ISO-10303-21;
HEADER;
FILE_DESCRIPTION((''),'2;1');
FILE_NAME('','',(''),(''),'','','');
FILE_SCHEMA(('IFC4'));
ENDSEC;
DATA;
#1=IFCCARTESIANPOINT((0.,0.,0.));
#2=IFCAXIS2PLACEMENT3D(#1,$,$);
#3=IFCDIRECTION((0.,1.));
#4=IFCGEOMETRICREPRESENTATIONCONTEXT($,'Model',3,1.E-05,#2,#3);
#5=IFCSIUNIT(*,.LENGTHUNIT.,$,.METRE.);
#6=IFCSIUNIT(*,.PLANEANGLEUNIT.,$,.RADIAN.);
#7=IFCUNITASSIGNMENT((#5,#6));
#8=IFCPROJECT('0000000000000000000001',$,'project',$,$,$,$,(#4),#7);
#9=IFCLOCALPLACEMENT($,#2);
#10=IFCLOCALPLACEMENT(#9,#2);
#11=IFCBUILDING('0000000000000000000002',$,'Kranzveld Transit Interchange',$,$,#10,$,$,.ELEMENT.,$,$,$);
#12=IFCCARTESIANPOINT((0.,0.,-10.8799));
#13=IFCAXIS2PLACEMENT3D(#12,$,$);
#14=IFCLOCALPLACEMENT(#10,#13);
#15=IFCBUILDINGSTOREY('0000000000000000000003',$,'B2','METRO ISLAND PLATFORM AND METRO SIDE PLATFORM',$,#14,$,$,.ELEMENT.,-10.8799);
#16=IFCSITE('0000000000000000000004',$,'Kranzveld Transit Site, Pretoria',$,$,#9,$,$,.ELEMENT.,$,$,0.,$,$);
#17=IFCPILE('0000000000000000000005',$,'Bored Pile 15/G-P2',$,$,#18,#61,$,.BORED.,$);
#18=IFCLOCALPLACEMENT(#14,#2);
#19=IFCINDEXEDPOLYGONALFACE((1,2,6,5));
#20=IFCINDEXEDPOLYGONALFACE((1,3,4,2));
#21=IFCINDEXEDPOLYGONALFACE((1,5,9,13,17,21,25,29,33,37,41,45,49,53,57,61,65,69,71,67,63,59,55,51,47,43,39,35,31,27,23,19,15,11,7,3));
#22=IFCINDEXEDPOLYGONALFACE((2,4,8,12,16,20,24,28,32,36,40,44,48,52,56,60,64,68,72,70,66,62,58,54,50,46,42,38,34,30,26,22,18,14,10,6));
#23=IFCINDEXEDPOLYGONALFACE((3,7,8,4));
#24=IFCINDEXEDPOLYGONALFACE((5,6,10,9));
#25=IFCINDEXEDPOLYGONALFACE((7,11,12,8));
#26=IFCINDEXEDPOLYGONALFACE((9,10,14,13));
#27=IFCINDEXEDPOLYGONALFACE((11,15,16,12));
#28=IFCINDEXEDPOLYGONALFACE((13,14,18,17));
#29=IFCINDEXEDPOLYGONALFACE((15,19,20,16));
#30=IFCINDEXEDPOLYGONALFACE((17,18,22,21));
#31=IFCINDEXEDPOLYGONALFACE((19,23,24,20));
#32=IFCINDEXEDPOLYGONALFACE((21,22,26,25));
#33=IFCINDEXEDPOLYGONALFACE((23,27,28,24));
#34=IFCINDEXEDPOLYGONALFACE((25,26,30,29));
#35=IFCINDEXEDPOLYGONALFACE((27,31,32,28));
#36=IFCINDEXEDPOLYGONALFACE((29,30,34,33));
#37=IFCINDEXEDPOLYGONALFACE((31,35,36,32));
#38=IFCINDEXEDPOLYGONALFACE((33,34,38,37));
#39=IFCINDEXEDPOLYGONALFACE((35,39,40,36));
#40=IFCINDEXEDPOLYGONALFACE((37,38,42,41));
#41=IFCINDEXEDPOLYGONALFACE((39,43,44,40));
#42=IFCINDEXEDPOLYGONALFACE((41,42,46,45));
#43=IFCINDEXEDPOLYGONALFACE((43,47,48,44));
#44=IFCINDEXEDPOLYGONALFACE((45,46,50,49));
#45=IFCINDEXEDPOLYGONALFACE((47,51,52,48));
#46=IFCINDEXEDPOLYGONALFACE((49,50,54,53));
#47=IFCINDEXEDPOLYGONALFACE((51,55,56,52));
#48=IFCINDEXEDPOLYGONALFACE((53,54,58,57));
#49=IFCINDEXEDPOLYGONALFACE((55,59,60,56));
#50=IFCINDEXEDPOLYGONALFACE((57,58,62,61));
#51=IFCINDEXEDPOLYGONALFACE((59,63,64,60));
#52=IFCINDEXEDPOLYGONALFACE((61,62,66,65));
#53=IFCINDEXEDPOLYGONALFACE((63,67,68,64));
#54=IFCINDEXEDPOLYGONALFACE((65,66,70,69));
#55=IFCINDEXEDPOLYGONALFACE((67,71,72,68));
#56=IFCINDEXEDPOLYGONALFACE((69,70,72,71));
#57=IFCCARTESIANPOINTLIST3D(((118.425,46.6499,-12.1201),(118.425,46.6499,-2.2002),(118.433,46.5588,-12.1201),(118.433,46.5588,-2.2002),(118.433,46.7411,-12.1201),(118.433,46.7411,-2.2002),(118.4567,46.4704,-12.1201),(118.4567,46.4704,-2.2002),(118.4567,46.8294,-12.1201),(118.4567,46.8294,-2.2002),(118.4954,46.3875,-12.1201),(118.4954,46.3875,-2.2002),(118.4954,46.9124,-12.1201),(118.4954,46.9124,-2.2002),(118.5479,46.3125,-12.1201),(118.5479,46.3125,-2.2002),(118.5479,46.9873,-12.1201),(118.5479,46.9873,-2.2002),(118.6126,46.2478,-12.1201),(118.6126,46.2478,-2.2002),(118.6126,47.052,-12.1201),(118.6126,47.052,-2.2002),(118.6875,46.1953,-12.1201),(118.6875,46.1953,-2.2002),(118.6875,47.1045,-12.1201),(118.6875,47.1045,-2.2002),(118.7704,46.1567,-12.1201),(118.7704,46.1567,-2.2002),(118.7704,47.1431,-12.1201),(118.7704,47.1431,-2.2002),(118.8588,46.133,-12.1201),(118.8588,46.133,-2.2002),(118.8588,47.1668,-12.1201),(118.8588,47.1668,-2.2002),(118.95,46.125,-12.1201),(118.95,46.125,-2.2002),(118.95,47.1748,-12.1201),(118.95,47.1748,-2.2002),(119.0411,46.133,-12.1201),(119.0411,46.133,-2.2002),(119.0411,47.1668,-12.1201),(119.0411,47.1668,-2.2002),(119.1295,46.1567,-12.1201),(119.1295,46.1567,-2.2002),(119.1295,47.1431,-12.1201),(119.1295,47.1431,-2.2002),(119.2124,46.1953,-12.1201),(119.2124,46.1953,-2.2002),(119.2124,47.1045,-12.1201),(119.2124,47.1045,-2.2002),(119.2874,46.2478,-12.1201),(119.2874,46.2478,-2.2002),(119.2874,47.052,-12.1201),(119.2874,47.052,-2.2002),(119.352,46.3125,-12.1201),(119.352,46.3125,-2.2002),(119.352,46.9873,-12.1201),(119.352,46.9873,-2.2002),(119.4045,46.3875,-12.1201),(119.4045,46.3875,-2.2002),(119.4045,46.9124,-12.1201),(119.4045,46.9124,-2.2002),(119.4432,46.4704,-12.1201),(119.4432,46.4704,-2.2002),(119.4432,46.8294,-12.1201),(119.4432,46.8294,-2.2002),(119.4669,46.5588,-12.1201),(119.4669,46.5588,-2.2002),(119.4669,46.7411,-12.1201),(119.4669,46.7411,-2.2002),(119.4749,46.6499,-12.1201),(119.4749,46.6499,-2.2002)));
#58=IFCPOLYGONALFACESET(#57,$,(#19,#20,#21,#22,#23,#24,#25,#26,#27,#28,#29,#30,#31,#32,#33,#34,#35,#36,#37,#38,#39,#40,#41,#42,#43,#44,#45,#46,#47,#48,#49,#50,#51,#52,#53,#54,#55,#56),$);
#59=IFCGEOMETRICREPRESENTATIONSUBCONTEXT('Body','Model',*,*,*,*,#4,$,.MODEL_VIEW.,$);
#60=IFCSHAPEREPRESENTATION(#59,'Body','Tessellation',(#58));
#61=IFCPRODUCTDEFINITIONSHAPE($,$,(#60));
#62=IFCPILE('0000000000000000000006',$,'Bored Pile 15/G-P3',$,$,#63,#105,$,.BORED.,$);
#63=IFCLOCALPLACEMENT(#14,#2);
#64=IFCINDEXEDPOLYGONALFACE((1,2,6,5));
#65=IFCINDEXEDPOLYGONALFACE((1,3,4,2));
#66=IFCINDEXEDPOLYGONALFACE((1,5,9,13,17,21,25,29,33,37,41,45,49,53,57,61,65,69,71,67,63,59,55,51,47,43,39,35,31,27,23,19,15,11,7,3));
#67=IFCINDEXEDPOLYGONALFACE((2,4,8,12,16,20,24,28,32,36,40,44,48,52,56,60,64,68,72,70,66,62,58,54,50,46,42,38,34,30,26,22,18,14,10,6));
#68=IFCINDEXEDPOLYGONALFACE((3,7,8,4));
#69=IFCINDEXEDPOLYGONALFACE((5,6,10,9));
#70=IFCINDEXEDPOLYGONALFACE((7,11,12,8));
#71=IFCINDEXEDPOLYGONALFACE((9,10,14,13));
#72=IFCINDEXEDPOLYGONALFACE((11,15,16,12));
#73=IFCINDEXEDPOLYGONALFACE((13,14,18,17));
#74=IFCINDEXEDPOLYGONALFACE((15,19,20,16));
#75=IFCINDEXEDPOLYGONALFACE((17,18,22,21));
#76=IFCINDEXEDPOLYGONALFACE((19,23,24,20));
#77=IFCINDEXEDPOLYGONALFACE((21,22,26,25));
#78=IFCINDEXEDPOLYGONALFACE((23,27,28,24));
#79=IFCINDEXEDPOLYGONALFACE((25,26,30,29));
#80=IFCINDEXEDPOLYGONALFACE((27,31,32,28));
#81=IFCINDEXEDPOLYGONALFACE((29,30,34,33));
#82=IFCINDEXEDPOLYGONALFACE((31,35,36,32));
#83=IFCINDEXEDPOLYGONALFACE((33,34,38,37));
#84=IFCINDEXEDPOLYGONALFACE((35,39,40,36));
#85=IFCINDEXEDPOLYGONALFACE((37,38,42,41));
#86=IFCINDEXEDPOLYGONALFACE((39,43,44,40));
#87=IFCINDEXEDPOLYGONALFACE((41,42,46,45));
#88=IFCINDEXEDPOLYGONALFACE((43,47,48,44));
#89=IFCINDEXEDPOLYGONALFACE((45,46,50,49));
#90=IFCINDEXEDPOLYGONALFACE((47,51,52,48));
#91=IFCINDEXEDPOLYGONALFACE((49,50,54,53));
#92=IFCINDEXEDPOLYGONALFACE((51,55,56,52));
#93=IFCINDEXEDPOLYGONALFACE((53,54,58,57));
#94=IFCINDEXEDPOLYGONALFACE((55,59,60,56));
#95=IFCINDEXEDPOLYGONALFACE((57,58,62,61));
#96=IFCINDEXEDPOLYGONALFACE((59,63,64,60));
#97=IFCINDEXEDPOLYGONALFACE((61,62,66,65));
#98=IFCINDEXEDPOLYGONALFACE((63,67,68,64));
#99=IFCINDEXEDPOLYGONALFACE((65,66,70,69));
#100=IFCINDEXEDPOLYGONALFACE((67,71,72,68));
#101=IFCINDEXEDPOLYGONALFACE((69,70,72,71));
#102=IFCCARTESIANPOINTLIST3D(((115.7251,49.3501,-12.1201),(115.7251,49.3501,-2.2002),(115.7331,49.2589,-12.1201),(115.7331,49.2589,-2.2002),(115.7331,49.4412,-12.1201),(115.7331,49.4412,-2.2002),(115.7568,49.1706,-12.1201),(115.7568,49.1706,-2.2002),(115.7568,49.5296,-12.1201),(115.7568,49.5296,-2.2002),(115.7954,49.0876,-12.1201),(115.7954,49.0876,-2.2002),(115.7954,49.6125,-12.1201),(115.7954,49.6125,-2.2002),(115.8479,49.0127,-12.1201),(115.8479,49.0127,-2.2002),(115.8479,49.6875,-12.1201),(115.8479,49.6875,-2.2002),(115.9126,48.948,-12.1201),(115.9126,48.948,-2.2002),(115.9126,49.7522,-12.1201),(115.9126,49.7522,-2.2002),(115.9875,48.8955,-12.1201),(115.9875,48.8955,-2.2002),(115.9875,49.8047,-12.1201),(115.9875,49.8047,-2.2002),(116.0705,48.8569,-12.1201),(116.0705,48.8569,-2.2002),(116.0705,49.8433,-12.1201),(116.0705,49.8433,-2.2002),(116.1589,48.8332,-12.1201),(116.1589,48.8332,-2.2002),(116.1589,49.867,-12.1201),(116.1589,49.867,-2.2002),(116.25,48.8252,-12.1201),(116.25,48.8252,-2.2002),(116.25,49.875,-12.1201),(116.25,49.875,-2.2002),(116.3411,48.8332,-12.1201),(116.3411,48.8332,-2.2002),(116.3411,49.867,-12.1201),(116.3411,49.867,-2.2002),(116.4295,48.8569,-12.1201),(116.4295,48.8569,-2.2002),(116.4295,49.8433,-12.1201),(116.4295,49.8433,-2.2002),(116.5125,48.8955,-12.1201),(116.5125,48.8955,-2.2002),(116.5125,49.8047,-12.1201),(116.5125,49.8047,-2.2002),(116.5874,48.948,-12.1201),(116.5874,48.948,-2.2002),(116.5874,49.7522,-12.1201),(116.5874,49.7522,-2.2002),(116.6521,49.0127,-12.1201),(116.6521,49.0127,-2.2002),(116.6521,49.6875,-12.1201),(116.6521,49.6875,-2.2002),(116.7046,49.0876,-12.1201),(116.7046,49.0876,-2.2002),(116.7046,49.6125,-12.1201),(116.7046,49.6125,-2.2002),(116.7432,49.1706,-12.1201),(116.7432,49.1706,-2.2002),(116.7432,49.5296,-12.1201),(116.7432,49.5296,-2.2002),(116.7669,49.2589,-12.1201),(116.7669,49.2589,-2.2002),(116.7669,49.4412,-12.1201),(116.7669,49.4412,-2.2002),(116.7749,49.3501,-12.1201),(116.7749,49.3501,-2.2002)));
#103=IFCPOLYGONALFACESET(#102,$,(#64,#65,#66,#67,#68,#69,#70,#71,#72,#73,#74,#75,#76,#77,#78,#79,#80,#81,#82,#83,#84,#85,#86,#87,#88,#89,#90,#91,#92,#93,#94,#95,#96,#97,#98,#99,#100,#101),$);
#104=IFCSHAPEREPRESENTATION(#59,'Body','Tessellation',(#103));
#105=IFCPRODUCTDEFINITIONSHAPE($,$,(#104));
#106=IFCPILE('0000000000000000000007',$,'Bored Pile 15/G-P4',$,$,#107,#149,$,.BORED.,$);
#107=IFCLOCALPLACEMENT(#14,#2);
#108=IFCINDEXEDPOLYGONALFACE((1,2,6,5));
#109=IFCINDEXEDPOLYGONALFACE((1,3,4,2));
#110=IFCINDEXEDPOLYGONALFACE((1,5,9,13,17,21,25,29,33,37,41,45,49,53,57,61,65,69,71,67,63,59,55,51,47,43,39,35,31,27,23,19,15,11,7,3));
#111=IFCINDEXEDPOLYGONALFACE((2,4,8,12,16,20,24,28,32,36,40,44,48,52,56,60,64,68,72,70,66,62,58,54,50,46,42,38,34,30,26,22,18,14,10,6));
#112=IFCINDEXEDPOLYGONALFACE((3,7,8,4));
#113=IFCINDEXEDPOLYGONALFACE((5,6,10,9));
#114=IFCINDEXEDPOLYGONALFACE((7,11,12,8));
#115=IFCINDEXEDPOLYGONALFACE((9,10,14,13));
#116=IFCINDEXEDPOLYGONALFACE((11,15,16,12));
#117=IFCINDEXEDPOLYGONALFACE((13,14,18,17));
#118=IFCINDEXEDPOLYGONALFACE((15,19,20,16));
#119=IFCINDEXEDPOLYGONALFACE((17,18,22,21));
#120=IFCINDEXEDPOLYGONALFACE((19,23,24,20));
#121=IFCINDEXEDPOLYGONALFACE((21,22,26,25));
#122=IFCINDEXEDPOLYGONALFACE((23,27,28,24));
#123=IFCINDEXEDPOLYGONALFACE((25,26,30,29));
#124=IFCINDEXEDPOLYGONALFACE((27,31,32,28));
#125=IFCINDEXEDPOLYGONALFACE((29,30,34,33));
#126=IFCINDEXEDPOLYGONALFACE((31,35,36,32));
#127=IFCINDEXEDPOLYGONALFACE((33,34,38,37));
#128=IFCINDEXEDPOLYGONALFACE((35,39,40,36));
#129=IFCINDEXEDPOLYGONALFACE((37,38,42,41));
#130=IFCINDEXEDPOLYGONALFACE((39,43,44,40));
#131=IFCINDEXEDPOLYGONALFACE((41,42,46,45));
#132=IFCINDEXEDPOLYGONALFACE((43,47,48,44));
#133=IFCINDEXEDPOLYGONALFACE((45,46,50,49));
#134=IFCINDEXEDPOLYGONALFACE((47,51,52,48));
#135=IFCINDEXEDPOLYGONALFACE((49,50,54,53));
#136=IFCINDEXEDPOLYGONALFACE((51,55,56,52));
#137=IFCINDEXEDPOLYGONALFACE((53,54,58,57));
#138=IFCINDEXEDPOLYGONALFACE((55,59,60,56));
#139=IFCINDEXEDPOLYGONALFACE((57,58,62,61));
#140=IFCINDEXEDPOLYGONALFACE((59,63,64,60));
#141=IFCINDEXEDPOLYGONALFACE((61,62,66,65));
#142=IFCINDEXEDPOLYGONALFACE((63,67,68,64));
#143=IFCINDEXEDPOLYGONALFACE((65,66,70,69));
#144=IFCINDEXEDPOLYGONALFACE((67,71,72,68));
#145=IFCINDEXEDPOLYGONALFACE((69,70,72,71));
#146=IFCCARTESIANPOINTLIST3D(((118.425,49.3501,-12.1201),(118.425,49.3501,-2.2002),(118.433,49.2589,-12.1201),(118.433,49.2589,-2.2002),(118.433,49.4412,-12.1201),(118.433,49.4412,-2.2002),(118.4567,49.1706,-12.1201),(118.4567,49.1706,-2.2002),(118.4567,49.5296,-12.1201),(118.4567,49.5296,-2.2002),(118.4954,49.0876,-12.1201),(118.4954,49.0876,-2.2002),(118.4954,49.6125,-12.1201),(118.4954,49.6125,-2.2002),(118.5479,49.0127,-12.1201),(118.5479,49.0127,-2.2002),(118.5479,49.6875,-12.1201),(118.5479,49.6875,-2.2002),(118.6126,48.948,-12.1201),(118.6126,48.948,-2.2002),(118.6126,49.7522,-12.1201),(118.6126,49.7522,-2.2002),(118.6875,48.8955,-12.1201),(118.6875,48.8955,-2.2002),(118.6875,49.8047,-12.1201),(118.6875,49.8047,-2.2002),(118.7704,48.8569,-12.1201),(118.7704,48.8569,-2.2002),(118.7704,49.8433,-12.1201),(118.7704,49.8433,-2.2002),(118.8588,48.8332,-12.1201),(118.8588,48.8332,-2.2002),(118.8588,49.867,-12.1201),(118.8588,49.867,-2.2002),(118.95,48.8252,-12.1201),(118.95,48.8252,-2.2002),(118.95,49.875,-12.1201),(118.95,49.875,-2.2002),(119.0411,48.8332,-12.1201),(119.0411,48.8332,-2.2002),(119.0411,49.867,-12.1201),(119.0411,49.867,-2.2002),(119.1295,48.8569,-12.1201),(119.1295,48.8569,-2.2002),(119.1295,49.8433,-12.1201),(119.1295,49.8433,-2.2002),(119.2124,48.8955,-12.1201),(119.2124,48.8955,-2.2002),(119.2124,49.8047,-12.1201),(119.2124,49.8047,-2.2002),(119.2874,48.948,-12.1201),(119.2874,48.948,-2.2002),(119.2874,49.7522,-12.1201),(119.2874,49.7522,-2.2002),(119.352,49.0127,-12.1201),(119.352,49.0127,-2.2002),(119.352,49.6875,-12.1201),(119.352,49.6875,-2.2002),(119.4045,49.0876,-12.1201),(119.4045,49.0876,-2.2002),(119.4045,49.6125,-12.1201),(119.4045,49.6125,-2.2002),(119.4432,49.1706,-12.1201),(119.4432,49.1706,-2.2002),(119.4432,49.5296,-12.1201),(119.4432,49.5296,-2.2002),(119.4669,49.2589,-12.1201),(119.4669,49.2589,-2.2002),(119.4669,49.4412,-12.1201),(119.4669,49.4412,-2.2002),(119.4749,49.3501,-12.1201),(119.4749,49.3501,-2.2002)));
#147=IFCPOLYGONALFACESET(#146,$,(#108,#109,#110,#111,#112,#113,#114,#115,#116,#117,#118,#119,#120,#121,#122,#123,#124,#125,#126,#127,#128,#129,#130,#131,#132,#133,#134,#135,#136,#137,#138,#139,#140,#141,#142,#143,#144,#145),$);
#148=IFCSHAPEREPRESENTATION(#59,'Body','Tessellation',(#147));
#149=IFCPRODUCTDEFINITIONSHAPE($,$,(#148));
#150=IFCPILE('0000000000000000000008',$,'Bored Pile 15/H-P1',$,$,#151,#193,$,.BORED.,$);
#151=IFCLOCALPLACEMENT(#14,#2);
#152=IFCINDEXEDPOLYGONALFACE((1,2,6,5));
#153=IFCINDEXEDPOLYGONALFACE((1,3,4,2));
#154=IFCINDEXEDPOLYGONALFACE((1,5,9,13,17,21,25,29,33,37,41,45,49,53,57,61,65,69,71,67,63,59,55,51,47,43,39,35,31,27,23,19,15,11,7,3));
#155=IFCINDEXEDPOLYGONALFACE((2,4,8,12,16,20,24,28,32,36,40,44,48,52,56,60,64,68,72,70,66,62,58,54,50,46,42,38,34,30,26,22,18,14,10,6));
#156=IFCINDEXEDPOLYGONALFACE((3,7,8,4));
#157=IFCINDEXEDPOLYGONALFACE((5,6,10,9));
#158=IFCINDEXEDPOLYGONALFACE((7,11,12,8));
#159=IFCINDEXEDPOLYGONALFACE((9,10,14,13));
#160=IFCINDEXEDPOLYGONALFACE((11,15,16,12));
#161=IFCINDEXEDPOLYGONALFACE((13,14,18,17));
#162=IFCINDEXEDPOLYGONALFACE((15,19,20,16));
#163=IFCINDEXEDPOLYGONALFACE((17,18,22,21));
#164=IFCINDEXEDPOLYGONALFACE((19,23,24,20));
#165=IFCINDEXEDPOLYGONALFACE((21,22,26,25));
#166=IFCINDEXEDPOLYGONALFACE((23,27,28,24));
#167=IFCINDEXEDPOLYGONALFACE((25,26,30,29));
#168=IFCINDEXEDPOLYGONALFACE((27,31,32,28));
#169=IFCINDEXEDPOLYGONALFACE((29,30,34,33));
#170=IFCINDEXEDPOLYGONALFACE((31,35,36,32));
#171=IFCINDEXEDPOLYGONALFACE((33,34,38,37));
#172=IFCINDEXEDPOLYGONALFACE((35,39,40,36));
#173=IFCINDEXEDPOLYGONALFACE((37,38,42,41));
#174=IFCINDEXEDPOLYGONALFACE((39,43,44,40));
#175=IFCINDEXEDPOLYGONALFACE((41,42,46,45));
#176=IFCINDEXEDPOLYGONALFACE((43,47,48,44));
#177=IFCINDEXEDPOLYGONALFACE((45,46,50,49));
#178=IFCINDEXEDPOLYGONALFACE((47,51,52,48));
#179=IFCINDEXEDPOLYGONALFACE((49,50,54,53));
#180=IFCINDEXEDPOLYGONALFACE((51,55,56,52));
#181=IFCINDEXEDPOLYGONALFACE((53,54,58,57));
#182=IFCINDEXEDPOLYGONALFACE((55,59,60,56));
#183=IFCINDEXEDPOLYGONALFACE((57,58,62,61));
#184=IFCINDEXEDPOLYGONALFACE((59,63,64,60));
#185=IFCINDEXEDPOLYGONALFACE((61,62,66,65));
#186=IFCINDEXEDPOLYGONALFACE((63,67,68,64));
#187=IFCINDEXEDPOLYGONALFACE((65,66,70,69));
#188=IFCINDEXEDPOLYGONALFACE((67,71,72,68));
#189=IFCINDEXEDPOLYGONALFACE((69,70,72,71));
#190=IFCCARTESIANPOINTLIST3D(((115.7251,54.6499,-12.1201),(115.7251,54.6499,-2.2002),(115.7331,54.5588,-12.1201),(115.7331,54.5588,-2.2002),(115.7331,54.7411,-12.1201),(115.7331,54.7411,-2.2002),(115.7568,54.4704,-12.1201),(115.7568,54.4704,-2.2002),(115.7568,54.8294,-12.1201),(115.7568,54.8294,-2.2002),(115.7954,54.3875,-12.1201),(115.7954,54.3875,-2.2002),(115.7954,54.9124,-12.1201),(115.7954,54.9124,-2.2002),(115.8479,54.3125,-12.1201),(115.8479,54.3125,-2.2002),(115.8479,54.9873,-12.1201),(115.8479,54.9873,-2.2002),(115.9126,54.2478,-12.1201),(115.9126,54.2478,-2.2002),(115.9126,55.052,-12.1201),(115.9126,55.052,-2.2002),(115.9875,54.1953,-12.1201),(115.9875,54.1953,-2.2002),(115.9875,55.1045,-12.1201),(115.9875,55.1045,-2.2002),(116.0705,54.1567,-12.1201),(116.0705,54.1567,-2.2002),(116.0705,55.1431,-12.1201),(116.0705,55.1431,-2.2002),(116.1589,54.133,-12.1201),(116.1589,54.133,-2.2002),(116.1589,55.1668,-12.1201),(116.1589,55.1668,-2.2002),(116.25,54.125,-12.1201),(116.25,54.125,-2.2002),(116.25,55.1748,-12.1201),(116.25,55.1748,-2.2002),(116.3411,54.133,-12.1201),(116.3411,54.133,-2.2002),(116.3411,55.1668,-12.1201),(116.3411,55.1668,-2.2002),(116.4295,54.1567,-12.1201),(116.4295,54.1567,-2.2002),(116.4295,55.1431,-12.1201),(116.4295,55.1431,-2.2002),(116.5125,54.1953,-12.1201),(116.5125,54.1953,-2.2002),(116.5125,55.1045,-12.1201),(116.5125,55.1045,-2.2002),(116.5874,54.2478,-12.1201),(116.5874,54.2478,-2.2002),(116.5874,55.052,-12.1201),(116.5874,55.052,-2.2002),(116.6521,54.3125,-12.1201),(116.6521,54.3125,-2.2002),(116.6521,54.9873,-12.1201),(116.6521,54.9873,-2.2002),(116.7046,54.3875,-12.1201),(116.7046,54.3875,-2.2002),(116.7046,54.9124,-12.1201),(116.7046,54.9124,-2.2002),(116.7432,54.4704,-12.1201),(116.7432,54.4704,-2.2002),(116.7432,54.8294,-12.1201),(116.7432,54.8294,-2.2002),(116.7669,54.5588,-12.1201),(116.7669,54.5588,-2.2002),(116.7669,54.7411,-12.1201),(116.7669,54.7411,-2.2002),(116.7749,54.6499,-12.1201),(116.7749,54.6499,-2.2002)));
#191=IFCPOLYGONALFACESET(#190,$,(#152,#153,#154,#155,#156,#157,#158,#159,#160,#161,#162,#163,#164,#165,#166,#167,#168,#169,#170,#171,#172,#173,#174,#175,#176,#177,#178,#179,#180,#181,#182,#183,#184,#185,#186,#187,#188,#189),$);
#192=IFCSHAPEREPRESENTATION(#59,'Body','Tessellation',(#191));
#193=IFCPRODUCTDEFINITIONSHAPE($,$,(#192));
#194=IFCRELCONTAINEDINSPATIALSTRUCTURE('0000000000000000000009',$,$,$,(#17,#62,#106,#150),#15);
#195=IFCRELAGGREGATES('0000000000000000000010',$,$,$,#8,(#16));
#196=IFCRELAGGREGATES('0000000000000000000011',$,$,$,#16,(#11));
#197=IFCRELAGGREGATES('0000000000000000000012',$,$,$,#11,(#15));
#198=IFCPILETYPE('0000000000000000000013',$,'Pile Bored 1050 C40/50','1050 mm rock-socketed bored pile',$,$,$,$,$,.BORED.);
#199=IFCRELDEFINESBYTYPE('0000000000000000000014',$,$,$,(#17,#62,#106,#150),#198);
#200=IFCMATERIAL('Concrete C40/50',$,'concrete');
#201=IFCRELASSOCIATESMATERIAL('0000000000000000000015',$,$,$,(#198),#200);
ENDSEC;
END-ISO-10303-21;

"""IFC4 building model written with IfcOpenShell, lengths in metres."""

from ifc_helpers import new_model, si_unit, direction, frame, origin, origin_2d, place, context, subcontext, project, spatial, circle, extrude, material, material_profile, profile_set, type_object, element, save


model = new_model("IFC4")

# Units and contexts
model_context = context("Model", 3, precision=1e-05, world=origin(), true_north=direction((0.0, 1.0)))
body_context = subcontext(model_context, "Body", "Model", "MODEL_VIEW")
ifc_project = project(units=[si_unit("LENGTHUNIT", "METRE"), si_unit("PLANEANGLEUNIT", "RADIAN")], contexts=[model_context])

# Site, building, storey
site_placement = place(None, origin())
site = spatial("IfcSite", under=ifc_project, at=site_placement, Name="Kranzveld Transit Site, Pretoria", CompositionType="ELEMENT", RefElevation=0.0)
building_placement = place(site_placement, origin())
building = spatial("IfcBuilding", under=site, at=building_placement, Name="Kranzveld Transit Interchange", CompositionType="ELEMENT")
storey_placement = place(building_placement, frame((0.0, 0.0, -10.8799)))
storey = spatial("IfcBuildingStorey", under=building, at=storey_placement, Name="B2", Description="METRO ISLAND PLATFORM AND METRO SIDE PLATFORM", CompositionType="ELEMENT", Elevation=-10.8799)

# Piles
ifc_material_1 = material(Name="Concrete C40/50", Category="concrete")
ifc_material_profile_1 = material_profile(ifc_material_1, circle(Radius=0.5249, at=origin_2d()), Name="BORED PILE 1050")
ifc_profile_set_1 = profile_set([ifc_material_profile_1], Name="Concrete C40/50")
pile_type = type_object("IfcPileType", Name="Pile Bored 1050 C40/50", Description="1050 mm rock-socketed bored pile", PredefinedType="BORED", material=ifc_profile_set_1)
for number, where, z_axis, x_axis, name in (
    (1, (118.95, 46.6499, -2.2002), (0.0, 0.0, -1.0), (1.0, 0.0, 0.0), "Bored Pile 15/G-P2"),
    (2, (116.25, 49.3501, -2.2002), (0.0, 0.0, -1.0), (1.0, 0.0, 0.0), "Bored Pile 15/G-P3"),
    (3, (118.95, 49.3501, -2.2002), (0.0, 0.0, -1.0), (1.0, 0.0, 0.0), "Bored Pile 15/G-P4"),
    (4, (116.25, 54.6499, -2.2002), (0.0, 0.0, -1.0), (1.0, 0.0, 0.0), "Bored Pile 15/H-P1"),
):
    element("IfcPile", number, at=place(storey_placement, frame(where, z_axis=z_axis, x_axis=x_axis)), inside=storey, type_object=pile_type, Name=name, PredefinedType="BORED", context=body_context, shape_type="SweptSolid", body=[
        extrude(circle(Radius=0.5249, at=origin_2d()), origin(), (0.0, 0.0, 1.0), 9.9199),
    ])

save(model, "model.ifc")
